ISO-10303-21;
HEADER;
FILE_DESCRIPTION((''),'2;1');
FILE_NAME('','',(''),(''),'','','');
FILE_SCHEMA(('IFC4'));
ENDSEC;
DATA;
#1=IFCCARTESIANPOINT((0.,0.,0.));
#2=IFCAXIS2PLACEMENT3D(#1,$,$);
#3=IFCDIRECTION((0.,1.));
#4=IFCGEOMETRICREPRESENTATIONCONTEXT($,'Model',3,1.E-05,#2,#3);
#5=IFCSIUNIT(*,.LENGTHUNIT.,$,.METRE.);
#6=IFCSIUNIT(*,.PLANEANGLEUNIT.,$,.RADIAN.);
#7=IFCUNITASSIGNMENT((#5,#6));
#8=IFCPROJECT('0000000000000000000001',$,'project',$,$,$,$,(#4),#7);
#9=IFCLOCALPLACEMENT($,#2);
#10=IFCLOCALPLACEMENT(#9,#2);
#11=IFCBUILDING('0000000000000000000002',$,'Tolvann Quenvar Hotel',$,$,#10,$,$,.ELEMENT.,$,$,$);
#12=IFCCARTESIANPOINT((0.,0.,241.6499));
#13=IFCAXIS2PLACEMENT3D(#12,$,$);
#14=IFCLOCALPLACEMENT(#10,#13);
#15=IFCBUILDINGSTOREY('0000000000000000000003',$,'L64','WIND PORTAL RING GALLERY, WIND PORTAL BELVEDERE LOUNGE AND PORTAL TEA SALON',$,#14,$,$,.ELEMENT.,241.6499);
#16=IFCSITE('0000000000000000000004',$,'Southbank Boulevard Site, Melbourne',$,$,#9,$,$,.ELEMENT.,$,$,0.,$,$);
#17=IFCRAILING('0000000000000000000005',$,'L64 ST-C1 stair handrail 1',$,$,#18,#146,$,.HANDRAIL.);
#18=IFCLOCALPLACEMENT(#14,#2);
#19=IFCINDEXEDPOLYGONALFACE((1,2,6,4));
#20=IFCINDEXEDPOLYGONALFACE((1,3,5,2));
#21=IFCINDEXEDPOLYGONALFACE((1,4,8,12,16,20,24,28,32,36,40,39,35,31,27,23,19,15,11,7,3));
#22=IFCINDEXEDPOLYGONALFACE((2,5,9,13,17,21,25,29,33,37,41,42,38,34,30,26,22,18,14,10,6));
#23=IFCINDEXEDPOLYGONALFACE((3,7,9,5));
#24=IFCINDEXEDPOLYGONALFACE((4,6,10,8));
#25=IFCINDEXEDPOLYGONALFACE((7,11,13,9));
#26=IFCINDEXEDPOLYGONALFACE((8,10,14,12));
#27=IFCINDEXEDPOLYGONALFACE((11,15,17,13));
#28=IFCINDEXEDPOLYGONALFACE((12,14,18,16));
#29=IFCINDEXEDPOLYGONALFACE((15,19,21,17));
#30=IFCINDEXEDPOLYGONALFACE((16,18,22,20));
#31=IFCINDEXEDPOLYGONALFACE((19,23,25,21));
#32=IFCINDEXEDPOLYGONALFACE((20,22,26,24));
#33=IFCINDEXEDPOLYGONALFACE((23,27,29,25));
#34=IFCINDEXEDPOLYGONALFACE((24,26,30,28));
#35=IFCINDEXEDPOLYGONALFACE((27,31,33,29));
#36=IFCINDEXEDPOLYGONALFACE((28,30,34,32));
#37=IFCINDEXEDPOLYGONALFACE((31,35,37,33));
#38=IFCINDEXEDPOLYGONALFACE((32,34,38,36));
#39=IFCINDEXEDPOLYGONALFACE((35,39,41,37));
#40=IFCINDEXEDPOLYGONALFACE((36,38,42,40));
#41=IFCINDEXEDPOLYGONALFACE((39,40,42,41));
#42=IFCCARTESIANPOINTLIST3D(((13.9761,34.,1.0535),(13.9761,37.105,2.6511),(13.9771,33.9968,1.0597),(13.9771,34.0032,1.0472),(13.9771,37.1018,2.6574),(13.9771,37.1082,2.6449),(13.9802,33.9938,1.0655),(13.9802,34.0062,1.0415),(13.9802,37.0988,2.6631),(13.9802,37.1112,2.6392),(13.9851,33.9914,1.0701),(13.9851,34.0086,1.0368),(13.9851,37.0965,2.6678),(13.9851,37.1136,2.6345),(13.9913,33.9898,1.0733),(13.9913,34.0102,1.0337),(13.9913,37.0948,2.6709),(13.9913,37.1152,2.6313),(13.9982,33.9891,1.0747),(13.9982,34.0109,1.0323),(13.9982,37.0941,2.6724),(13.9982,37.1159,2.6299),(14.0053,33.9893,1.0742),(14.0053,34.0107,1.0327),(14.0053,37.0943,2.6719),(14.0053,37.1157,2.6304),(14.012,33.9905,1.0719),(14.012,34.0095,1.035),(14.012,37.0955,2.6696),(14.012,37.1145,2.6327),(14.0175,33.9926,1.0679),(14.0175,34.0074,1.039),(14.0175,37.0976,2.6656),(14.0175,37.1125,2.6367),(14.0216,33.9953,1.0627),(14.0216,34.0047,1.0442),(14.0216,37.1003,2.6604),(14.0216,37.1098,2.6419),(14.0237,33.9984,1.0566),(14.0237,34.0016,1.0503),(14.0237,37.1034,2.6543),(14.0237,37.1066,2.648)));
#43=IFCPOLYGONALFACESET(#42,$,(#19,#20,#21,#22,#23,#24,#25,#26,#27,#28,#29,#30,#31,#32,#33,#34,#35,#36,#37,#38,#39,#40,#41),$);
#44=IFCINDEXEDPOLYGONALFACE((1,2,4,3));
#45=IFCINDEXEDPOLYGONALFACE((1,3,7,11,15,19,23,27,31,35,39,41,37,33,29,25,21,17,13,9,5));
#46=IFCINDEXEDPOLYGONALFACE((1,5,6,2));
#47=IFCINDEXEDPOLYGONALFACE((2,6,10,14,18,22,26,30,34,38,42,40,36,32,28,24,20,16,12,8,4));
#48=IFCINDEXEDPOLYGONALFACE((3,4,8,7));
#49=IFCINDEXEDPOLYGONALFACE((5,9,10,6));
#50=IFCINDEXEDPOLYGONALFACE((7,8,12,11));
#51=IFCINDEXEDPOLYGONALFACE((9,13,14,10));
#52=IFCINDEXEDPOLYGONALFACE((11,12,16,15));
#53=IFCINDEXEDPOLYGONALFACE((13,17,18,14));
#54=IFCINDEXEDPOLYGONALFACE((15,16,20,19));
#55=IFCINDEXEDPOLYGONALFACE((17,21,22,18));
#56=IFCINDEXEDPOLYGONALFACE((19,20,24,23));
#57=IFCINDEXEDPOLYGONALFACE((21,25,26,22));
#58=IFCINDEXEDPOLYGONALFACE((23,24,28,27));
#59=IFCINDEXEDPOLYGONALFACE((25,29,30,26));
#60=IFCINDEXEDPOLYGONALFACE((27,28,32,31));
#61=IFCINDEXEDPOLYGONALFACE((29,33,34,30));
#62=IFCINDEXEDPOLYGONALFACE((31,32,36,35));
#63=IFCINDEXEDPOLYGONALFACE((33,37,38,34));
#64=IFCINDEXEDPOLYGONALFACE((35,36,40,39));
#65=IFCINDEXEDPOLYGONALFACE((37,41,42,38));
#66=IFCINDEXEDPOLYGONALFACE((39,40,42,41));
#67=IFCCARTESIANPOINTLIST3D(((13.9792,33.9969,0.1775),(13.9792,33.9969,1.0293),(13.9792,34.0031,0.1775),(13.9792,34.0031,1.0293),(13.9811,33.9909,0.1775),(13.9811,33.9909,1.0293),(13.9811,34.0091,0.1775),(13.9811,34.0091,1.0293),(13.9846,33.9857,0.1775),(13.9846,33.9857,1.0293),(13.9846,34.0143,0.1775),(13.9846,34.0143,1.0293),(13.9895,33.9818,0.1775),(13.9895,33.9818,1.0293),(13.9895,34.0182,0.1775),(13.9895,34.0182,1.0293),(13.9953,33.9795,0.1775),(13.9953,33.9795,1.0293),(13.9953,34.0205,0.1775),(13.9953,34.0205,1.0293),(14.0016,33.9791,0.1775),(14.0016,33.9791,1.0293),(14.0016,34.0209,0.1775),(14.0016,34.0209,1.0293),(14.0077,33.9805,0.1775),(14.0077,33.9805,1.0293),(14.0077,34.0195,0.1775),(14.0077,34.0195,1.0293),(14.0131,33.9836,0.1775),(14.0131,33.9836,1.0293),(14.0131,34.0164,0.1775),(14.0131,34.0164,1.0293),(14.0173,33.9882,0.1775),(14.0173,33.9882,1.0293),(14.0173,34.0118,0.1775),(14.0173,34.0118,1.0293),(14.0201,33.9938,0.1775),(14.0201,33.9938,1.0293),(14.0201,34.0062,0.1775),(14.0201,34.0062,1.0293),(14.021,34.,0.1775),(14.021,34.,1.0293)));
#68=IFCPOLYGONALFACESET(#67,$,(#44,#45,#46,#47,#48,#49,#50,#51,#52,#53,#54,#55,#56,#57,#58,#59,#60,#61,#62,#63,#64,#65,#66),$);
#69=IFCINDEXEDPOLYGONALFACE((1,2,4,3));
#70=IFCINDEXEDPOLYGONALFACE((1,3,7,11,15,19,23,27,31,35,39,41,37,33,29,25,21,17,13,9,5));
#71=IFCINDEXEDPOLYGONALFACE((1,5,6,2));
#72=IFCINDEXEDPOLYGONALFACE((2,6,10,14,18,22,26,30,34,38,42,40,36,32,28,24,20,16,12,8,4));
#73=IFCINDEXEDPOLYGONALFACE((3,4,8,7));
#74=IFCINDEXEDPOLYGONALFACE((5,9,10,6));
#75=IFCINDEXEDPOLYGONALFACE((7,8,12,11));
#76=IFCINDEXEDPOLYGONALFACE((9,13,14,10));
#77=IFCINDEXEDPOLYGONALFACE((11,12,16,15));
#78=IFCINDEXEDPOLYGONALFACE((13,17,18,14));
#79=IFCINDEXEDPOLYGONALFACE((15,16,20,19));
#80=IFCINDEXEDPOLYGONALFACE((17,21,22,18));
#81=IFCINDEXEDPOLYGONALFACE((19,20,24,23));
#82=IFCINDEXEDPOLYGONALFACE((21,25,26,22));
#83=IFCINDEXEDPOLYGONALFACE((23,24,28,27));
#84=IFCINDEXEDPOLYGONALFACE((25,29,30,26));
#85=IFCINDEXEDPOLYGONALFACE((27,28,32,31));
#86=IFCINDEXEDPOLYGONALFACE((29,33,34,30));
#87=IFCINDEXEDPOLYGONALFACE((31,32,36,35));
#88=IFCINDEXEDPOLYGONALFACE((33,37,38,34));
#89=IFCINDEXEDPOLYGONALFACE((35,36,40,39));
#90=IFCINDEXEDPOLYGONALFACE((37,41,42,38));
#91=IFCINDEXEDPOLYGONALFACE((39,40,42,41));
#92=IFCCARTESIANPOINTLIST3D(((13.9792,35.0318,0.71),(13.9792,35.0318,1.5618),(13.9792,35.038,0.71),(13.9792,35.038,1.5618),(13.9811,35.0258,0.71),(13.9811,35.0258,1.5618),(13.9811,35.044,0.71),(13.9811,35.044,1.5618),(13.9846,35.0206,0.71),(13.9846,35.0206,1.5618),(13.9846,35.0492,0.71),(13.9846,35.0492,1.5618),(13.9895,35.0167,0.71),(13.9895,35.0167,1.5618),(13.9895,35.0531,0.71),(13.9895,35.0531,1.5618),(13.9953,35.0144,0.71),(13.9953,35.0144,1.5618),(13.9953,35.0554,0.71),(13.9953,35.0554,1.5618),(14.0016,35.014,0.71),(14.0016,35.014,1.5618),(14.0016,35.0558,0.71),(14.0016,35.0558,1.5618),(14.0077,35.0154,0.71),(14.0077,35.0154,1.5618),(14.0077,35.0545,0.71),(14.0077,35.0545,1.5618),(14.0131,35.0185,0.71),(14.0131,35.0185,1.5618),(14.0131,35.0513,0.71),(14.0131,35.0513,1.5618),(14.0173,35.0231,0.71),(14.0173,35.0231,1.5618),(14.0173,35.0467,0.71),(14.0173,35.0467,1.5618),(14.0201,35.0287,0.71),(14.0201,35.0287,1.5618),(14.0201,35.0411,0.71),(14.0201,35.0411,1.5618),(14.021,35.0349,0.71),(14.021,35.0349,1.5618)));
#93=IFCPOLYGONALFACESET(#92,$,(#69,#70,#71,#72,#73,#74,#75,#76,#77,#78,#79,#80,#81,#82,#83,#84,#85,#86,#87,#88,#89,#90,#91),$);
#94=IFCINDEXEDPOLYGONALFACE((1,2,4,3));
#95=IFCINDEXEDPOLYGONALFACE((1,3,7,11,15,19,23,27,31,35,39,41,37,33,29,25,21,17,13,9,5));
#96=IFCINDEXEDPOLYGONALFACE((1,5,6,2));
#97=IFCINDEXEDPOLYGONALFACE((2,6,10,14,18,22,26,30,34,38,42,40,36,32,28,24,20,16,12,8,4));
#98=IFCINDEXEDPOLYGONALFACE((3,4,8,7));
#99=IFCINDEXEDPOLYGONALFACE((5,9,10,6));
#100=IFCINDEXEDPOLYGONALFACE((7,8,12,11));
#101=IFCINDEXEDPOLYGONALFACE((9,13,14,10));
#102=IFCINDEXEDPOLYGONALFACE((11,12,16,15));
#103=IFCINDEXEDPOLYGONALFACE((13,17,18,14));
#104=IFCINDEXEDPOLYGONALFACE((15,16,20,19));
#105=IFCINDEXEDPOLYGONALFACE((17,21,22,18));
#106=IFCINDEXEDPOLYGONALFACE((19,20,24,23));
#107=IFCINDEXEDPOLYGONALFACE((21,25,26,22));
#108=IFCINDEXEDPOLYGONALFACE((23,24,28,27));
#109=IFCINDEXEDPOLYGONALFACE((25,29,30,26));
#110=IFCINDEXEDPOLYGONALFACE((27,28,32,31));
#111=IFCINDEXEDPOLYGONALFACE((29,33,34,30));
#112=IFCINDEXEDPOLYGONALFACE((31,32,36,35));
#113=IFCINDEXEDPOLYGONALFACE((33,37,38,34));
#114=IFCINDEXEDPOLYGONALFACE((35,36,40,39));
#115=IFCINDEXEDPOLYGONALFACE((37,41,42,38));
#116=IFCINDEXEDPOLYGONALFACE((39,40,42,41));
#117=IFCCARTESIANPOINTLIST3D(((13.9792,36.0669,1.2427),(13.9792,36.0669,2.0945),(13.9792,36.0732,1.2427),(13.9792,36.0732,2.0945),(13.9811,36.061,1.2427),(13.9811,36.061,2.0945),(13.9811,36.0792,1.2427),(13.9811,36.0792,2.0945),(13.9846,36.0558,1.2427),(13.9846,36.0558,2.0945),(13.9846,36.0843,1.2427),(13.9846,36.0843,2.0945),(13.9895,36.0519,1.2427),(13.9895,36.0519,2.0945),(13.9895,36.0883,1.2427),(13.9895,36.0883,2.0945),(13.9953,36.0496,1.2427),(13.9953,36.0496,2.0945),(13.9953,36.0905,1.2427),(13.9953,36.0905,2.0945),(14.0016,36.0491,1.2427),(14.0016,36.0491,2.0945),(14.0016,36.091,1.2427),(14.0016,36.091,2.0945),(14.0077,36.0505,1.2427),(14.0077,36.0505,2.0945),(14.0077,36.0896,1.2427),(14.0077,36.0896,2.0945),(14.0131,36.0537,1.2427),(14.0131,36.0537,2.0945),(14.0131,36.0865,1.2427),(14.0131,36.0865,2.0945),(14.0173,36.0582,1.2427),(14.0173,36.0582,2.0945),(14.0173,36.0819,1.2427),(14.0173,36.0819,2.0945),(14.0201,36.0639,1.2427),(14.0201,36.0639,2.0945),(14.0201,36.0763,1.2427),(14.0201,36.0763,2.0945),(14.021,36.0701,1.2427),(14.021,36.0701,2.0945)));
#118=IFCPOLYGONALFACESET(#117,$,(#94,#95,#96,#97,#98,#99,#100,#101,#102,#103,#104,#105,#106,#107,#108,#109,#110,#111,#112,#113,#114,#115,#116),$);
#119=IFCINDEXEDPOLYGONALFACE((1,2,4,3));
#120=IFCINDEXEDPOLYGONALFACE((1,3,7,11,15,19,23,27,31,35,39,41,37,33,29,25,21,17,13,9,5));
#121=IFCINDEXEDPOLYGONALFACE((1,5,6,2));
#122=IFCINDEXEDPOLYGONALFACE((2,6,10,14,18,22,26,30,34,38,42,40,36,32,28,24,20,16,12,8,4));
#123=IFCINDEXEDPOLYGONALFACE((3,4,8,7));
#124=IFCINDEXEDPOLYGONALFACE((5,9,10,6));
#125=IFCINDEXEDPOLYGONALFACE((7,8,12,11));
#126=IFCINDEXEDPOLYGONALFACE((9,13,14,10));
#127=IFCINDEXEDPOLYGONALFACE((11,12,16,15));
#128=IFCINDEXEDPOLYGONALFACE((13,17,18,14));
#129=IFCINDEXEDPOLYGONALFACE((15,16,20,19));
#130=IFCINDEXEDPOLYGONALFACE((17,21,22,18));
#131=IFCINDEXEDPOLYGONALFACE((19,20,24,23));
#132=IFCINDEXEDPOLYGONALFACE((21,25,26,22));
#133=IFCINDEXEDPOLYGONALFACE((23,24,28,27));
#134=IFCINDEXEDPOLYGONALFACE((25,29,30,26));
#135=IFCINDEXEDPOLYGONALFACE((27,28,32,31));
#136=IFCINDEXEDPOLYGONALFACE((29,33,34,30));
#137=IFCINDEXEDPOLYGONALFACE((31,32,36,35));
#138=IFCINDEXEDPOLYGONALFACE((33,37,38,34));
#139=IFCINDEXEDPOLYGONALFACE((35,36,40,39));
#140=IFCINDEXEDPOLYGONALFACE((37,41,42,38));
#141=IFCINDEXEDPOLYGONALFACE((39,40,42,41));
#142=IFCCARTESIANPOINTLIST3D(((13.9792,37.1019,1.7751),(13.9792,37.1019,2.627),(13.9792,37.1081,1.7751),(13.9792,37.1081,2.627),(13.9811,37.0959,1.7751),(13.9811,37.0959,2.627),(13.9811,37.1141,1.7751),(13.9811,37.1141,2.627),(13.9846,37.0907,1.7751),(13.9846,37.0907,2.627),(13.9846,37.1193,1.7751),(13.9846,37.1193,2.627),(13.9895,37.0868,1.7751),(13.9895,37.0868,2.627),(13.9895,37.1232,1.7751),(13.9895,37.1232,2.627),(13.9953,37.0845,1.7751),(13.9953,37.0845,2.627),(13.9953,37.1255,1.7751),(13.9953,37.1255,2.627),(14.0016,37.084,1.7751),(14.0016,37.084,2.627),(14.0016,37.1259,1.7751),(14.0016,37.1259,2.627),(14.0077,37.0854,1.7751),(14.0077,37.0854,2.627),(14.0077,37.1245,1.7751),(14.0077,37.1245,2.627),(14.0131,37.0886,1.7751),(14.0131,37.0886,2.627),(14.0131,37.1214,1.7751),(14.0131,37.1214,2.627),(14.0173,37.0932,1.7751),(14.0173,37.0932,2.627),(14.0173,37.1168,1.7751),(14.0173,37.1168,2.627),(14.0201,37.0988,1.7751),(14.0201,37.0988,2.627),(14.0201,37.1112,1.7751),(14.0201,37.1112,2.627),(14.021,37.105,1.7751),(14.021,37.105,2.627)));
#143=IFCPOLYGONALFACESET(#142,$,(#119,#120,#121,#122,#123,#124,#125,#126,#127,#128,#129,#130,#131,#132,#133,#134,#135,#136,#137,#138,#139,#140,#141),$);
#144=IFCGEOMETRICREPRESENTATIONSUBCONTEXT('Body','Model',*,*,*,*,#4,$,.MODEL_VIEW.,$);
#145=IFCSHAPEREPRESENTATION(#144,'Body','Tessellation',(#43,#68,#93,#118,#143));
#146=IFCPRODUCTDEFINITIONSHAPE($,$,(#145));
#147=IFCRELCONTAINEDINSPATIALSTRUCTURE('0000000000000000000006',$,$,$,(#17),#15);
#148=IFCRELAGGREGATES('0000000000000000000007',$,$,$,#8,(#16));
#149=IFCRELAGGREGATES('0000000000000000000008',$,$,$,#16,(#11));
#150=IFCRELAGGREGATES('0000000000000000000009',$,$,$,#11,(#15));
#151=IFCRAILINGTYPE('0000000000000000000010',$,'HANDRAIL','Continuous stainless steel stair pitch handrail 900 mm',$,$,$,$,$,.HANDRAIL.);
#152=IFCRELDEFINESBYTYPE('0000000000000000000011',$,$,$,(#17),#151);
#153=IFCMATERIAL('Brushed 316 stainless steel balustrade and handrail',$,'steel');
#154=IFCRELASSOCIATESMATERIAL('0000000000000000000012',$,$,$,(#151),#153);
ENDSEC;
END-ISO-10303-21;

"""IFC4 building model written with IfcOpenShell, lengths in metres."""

from ifc_helpers import new_model, si_unit, direction, frame, origin, origin_2d, place, context, subcontext, project, spatial, circle, extrude, material, type_object, element, save


model = new_model("IFC4")

# Units and contexts
model_context = context("Model", 3, precision=1e-05, world=origin(), true_north=direction((0.0, 1.0)))
body_context = subcontext(model_context, "Body", "Model", "MODEL_VIEW")
ifc_project = project(units=[si_unit("LENGTHUNIT", "METRE"), si_unit("PLANEANGLEUNIT", "RADIAN")], contexts=[model_context])

# Site, building, storey
site_placement = place(None, origin())
site = spatial("IfcSite", under=ifc_project, at=site_placement, Name="Southbank Boulevard Site, Melbourne", CompositionType="ELEMENT", RefElevation=0.0)
building_placement = place(site_placement, origin())
building = spatial("IfcBuilding", under=site, at=building_placement, Name="Tolvann Quenvar Hotel", CompositionType="ELEMENT")
storey_placement = place(building_placement, frame((0.0, 0.0, 241.6499)))
storey = spatial("IfcBuildingStorey", under=building, at=storey_placement, Name="L64", Description="WIND PORTAL RING GALLERY, WIND PORTAL BELVEDERE LOUNGE AND PORTAL TEA SALON", CompositionType="ELEMENT", Elevation=241.6499)

# Railing
ifc_material_1 = material(Name="Brushed 316 stainless steel balustrade and handrail", Category="steel")
railing_type_1 = type_object("IfcRailingType", Name="HANDRAIL", Description="Continuous stainless steel stair pitch handrail 900 mm", PredefinedType="HANDRAIL", material=ifc_material_1)
railing_1_placement = place(storey_placement, frame((14.0, 34.0, 0.1775)))
element("IfcRailing", 1, at=railing_1_placement, inside=storey, type_object=railing_type_1, Name="L64 ST-C1 stair handrail 1", PredefinedType="HANDRAIL", context=body_context, shape_type="SweptSolid", body=[
    extrude(circle(Radius=0.0239, at=origin_2d()), frame((0.0, 0.0, 0.876), z_axis=(0.0, 0.889194, 0.457531), x_axis=(-1.0, 0.0, 0.0)), (0.0, 0.0, 1.0), 3.4919),
    extrude(circle(Radius=0.021, at=origin_2d()), origin(), (0.0, 0.0, 1.0), 0.8518),
    extrude(circle(Radius=0.021, at=origin_2d()), frame((0.0, 1.0349, 0.5325)), (0.0, 0.0, 1.0), 0.8518),
    extrude(circle(Radius=0.021, at=origin_2d()), frame((0.0, 2.0701, 1.0652)), (0.0, 0.0, 1.0), 0.8518),
    extrude(circle(Radius=0.021, at=origin_2d()), frame((0.0, 3.105, 1.5977)), (0.0, 0.0, 1.0), 0.8518),
])

save(model, "model.ifc")
